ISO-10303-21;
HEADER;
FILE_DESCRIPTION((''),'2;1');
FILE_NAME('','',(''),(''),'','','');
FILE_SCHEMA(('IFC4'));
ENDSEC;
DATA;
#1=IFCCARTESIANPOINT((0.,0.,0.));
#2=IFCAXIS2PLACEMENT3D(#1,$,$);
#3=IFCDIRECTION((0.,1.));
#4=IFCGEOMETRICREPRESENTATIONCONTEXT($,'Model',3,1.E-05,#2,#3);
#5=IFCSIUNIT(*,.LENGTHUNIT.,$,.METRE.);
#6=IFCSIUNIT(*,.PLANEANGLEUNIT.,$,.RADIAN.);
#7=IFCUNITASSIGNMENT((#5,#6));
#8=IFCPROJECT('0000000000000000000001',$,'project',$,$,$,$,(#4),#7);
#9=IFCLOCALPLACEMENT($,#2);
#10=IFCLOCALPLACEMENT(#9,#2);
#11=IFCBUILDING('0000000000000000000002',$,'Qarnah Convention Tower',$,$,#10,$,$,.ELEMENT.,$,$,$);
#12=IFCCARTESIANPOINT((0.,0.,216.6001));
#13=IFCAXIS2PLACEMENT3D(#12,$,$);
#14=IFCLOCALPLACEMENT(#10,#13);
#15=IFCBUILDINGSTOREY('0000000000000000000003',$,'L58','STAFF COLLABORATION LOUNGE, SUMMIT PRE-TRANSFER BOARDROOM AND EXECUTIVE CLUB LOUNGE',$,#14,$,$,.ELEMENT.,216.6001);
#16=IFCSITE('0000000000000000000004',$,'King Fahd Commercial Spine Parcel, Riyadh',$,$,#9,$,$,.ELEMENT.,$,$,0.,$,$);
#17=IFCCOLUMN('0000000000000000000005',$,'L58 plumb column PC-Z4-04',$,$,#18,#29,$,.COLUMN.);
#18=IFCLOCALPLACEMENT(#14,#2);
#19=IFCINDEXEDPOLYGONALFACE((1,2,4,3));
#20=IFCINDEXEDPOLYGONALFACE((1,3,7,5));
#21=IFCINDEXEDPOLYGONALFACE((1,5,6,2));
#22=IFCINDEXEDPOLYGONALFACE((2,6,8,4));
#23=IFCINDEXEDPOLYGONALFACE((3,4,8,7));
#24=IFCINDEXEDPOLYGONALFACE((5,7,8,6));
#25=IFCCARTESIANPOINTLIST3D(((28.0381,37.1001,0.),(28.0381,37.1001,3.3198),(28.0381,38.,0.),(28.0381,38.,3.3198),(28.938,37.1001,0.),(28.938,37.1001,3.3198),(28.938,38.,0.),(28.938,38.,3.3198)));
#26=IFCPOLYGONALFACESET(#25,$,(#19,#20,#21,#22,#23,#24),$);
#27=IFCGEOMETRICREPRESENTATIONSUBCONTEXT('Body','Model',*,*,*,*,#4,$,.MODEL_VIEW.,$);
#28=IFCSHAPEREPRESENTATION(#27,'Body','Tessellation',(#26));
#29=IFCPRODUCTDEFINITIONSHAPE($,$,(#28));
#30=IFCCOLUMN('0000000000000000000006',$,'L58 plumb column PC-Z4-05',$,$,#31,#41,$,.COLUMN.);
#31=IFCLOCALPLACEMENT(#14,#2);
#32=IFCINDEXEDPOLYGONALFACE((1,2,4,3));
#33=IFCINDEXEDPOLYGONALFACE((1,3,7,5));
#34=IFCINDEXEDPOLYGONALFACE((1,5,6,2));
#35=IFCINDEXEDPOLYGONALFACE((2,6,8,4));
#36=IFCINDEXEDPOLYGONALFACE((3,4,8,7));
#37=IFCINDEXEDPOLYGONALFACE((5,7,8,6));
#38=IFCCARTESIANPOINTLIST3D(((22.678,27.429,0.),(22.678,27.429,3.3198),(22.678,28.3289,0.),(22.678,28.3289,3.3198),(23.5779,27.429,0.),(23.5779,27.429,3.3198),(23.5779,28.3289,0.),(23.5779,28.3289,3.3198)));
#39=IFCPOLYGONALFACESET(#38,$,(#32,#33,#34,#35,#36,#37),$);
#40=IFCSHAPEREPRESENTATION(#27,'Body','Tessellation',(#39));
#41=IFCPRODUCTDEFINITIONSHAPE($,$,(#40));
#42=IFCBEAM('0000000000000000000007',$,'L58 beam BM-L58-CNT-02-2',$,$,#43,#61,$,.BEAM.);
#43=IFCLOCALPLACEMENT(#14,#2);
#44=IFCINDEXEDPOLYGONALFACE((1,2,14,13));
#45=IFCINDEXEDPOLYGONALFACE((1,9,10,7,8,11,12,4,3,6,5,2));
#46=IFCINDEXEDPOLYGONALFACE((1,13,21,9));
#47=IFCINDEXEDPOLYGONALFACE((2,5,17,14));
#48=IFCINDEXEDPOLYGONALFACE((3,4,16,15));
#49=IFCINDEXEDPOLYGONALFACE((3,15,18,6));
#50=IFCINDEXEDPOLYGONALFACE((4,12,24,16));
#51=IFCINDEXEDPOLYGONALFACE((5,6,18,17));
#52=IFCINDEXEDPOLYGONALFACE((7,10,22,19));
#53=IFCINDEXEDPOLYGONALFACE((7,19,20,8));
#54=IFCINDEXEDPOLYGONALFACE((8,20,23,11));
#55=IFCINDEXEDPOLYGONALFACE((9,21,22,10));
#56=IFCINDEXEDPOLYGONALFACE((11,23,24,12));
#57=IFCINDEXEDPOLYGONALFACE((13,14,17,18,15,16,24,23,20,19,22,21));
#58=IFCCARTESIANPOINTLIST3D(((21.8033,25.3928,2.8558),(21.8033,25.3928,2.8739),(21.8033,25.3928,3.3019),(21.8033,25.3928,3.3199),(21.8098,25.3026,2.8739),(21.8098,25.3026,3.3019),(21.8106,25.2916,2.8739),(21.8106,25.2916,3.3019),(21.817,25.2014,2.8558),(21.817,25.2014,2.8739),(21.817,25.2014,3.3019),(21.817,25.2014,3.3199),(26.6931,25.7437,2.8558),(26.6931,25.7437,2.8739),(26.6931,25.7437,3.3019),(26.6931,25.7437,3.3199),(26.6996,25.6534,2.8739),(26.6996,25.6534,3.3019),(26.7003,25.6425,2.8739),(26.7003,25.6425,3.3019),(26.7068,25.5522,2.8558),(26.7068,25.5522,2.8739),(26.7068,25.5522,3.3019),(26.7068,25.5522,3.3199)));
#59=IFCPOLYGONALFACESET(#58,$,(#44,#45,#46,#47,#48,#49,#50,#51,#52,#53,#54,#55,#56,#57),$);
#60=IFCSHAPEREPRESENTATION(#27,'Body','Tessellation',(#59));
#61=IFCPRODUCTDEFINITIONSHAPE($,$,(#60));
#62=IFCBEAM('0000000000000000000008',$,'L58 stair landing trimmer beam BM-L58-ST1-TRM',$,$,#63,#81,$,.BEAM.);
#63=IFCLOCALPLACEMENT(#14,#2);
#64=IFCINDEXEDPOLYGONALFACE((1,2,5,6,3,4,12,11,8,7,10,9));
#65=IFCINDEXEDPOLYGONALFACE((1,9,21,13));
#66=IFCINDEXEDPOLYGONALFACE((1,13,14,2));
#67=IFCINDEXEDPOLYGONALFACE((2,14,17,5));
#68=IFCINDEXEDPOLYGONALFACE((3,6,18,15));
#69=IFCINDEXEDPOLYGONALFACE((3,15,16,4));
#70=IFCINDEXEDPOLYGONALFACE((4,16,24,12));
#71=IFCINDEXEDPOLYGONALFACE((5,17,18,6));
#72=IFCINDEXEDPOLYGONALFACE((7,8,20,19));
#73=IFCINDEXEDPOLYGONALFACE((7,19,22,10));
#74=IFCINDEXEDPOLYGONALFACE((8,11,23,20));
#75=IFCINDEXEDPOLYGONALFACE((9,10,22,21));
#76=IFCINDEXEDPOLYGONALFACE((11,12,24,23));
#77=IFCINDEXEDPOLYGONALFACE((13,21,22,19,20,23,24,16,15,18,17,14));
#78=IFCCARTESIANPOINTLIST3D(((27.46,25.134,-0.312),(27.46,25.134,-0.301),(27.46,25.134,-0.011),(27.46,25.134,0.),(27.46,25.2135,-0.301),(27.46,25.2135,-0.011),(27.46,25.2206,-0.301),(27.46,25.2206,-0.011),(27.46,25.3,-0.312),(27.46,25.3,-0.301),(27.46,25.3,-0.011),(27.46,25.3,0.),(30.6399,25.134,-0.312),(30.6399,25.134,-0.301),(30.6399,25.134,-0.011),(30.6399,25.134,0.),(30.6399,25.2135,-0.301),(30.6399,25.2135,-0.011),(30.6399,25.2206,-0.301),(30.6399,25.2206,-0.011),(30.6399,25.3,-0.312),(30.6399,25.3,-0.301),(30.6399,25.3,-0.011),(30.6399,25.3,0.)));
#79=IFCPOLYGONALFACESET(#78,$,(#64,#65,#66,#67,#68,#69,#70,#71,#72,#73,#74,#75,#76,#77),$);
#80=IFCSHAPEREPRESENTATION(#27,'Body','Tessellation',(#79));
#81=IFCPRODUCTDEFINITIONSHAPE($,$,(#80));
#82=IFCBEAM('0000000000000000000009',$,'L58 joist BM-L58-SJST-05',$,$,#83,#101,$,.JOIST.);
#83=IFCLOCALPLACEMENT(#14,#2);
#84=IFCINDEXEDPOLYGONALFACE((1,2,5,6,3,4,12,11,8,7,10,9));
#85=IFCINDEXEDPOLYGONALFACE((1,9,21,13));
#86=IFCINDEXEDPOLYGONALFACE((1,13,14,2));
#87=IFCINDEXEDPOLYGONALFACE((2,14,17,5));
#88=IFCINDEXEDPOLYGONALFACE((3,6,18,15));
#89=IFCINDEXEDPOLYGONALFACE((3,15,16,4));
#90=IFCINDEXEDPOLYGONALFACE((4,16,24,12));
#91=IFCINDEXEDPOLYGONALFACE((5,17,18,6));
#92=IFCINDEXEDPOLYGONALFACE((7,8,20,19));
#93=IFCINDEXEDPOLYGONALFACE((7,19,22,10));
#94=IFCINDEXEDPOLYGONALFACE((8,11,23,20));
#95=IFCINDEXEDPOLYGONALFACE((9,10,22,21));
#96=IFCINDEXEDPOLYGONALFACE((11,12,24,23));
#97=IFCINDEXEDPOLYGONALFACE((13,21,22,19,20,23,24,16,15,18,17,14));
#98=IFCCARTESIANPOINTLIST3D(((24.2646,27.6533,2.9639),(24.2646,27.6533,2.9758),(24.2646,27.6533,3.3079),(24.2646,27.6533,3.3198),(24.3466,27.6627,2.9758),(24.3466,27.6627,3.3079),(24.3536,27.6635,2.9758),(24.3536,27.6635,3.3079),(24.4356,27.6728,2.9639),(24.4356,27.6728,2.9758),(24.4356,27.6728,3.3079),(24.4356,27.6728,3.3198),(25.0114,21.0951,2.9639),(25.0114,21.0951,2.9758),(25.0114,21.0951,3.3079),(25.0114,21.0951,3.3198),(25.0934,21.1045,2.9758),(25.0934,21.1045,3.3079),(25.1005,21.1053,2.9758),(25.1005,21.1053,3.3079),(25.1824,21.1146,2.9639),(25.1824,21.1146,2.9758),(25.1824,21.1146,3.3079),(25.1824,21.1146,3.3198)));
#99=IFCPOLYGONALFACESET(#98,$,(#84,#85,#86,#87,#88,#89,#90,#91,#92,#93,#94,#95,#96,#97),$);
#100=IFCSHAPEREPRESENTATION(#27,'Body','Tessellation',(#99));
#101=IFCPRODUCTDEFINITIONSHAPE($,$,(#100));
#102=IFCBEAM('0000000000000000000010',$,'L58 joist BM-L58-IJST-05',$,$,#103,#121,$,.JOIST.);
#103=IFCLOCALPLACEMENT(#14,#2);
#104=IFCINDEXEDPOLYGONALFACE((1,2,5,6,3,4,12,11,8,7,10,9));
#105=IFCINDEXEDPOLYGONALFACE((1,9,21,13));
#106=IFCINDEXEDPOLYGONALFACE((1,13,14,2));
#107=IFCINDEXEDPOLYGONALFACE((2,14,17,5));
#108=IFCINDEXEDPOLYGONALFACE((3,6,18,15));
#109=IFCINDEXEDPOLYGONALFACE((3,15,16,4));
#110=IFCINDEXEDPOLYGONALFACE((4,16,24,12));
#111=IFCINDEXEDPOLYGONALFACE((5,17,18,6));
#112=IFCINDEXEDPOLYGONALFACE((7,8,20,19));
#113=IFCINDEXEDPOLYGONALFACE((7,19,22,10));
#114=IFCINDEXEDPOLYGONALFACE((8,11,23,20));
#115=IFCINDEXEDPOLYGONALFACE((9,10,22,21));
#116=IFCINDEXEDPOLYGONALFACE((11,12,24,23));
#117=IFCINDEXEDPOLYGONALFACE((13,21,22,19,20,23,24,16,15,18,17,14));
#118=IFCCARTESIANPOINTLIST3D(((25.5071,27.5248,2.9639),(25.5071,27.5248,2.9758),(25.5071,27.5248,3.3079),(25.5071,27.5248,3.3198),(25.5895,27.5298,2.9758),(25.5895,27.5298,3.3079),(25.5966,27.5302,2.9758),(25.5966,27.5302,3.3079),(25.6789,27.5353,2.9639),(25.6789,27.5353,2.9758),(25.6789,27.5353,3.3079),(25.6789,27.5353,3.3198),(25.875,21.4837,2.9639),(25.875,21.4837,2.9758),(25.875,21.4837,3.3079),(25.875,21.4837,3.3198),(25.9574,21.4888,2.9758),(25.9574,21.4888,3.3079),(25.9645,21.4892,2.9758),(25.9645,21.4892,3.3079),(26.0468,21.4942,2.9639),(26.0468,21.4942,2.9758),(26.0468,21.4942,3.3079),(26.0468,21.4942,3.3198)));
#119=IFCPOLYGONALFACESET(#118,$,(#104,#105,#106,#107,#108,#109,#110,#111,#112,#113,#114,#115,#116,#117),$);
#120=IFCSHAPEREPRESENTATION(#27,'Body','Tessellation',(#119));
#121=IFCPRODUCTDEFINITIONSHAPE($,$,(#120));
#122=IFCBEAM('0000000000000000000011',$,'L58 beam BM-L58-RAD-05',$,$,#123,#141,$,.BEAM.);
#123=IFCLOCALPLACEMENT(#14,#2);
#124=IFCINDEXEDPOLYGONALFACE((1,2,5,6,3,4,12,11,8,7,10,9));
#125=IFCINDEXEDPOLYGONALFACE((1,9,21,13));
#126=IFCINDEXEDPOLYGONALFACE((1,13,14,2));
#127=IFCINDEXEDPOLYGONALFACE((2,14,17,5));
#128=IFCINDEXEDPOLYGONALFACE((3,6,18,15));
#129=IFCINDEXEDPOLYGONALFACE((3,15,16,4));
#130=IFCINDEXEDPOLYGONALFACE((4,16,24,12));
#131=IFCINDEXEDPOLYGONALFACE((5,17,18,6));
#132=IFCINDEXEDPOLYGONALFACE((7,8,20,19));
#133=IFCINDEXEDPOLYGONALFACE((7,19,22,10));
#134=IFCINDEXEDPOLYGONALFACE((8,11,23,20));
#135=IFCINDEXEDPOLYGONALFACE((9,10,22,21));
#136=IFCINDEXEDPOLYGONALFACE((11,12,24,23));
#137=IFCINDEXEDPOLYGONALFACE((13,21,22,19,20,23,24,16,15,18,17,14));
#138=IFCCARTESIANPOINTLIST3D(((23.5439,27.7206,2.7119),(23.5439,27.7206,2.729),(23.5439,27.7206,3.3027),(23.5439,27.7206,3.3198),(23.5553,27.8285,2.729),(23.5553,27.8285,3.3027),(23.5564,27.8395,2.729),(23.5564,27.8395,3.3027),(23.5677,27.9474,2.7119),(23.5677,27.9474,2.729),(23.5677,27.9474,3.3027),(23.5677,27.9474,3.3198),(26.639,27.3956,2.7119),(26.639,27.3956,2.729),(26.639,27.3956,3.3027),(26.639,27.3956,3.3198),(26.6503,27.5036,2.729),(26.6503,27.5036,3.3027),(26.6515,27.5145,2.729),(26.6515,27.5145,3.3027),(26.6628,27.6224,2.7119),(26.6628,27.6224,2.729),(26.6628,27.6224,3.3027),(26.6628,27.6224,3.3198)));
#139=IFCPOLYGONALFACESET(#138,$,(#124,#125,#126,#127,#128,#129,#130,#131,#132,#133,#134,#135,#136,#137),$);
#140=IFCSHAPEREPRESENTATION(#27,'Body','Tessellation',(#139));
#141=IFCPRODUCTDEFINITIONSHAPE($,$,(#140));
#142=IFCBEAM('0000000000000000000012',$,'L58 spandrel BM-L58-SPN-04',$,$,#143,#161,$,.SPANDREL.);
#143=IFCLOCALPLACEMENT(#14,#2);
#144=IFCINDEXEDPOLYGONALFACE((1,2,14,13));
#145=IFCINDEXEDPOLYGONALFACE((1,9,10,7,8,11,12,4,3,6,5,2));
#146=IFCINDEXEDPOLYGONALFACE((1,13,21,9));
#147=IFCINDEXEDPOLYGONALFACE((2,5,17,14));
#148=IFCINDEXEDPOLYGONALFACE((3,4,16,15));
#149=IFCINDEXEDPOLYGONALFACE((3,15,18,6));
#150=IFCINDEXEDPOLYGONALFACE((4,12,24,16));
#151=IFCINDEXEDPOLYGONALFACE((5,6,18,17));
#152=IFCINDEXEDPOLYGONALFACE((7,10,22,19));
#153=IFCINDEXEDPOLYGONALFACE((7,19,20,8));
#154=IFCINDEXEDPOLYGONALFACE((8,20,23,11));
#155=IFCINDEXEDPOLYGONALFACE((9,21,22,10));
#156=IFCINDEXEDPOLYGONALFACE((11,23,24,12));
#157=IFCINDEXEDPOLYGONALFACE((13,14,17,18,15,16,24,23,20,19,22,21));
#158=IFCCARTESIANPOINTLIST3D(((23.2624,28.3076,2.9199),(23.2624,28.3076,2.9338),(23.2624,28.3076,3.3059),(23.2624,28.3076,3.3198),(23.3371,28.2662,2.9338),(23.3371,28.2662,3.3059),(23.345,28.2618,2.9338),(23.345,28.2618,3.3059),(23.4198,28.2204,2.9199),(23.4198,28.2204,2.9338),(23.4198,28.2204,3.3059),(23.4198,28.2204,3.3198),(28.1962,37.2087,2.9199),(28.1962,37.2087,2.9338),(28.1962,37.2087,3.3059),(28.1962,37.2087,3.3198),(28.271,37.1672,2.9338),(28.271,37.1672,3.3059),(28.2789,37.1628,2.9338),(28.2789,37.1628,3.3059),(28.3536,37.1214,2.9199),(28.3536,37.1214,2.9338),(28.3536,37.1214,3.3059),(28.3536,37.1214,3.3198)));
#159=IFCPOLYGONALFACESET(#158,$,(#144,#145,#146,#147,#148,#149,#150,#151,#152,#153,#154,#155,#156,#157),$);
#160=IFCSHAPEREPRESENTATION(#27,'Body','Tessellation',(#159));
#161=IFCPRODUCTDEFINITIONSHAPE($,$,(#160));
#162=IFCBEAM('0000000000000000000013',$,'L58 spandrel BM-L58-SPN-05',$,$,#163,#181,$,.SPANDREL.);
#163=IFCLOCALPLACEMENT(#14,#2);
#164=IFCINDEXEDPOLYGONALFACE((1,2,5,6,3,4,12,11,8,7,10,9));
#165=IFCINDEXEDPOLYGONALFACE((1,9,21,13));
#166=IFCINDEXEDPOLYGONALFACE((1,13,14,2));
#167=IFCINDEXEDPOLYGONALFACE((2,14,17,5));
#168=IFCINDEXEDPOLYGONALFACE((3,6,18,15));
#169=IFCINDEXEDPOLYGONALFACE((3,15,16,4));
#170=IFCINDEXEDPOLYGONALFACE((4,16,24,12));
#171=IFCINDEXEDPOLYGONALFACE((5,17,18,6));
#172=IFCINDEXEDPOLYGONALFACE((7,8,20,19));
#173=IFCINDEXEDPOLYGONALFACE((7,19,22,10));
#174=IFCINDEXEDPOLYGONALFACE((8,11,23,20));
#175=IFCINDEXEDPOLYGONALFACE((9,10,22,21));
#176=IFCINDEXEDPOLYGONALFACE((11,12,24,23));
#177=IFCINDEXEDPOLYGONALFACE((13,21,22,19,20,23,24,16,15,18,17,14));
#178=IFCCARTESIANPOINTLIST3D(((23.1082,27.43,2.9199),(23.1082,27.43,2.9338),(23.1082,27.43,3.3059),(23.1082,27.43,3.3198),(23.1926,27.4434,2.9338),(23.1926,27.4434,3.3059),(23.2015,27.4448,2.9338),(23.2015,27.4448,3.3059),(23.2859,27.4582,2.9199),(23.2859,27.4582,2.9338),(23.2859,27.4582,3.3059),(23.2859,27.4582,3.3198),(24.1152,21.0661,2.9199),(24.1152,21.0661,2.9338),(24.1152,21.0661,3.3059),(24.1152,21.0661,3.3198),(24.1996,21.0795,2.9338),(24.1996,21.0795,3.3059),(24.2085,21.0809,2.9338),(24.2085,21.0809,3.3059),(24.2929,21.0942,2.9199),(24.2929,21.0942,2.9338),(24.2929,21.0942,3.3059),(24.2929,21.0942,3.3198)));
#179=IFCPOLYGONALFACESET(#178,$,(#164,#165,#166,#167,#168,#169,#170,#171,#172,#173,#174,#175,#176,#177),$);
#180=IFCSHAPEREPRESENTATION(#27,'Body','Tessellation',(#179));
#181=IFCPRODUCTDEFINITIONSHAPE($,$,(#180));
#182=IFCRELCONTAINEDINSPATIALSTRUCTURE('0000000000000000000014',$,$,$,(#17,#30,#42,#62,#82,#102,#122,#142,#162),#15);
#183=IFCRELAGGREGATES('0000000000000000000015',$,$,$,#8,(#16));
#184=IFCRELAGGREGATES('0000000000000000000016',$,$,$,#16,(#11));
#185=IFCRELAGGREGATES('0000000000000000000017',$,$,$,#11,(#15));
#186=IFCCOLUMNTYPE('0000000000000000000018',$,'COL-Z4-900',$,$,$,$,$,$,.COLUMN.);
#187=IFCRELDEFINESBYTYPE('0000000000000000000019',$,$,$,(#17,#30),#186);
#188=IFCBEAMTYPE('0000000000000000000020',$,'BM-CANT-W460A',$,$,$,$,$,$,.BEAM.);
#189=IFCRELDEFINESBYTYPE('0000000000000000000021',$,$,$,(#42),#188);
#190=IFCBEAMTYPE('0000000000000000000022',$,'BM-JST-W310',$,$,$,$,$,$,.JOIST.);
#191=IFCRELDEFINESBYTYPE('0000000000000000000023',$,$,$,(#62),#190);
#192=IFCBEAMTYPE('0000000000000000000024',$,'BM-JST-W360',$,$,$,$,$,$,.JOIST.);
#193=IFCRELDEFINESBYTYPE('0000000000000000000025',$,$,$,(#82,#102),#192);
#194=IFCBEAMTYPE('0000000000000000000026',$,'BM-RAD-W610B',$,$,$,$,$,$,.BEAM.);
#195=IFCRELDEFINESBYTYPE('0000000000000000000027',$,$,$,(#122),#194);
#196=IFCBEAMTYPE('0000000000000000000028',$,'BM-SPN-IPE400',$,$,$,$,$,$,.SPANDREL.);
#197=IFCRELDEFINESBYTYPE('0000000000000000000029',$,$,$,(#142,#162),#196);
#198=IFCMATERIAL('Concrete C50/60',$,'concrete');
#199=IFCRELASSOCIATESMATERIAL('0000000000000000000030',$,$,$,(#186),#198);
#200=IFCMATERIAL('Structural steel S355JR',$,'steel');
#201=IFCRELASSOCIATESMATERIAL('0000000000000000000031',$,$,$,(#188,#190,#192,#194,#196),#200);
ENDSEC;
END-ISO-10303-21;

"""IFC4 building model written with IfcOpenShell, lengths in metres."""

from ifc_helpers import new_model, si_unit, direction, frame, origin, origin_2d, place, context, subcontext, project, spatial, rectangle, i_section, extrude, material, material_profile, profile_set, type_object, element, save


model = new_model("IFC4")

# Units and contexts
model_context = context("Model", 3, precision=1e-05, world=origin(), true_north=direction((0.0, 1.0)))
body_context = subcontext(model_context, "Body", "Model", "MODEL_VIEW")
ifc_project = project(units=[si_unit("LENGTHUNIT", "METRE"), si_unit("PLANEANGLEUNIT", "RADIAN")], contexts=[model_context])

# Site, building, storey
site_placement = place(None, origin())
site = spatial("IfcSite", under=ifc_project, at=site_placement, Name="King Fahd Commercial Spine Parcel, Riyadh", CompositionType="ELEMENT", RefElevation=0.0)
building_placement = place(site_placement, origin())
building = spatial("IfcBuilding", under=site, at=building_placement, Name="Qarnah Convention Tower", CompositionType="ELEMENT")
storey_placement = place(building_placement, frame((0.0, 0.0, 216.6001)))
storey = spatial("IfcBuildingStorey", under=building, at=storey_placement, Name="L58", Description="STAFF COLLABORATION LOUNGE, SUMMIT PRE-TRANSFER BOARDROOM AND EXECUTIVE CLUB LOUNGE", CompositionType="ELEMENT", Elevation=216.6001)

# Columns
ifc_material_1 = material(Name="Concrete C50/60", Category="concrete")
ifc_material_profile_1 = material_profile(ifc_material_1, rectangle(XDim=0.8999, YDim=0.8999, at=origin_2d()), Name="RC-COL-900X900")
ifc_profile_set_1 = profile_set([ifc_material_profile_1], Name="Concrete C50/60")
column_type = type_object("IfcColumnType", Name="COL-Z4-900", PredefinedType="COLUMN", material=ifc_profile_set_1)
for number, where, z_axis, x_axis, name in (
    (1, (28.488, 37.55, 0.0), (0.0, 0.0, 1.0), (1.0, 0.0, 0.0), "L58 plumb column PC-Z4-04"),
    (2, (23.1279, 27.8789, 0.0), (0.0, 0.0, 1.0), (1.0, 0.0, 0.0), "L58 plumb column PC-Z4-05"),
):
    element("IfcColumn", number, at=place(storey_placement, frame(where, z_axis=z_axis, x_axis=x_axis)), inside=storey, type_object=column_type, Name=name, PredefinedType="COLUMN", context=body_context, shape_type="SweptSolid", body=[
        extrude(rectangle(XDim=0.8999, YDim=0.8999, at=origin_2d()), origin(), (0.0, 0.0, 1.0), 3.3198),
    ])

# Beams
ifc_material_2 = material(Name="Structural steel S355JR", Category="steel")
ifc_material_profile_2 = material_profile(ifc_material_2, i_section(OverallWidth=0.1919, OverallDepth=0.4641, WebThickness=0.011, FlangeThickness=0.0181, at=origin_2d()), Name="W460X89")
ifc_profile_set_2 = profile_set([ifc_material_profile_2], Name="Structural steel S355JR")
beam_type_1 = type_object("IfcBeamType", Name="BM-CANT-W460A", PredefinedType="BEAM", material=ifc_profile_set_2)
beam_1_placement = place(storey_placement, frame((26.7, 25.6479, 3.0879), z_axis=(-0.997436, -0.071562, 0.0), x_axis=(0.071562, -0.997436, 0.0)))
element("IfcBeam", 3, at=beam_1_placement, inside=storey, type_object=beam_type_1, Name="L58 beam BM-L58-CNT-02-2", PredefinedType="BEAM", context=body_context, shape_type="SweptSolid", body=[
    extrude(i_section(OverallWidth=0.1919, OverallDepth=0.4641, WebThickness=0.011, FlangeThickness=0.0181, at=origin_2d()), origin(), (0.0, 0.0, 1.0), 4.9023),
])
ifc_material_profile_3 = material_profile(ifc_material_2, i_section(OverallWidth=0.166, OverallDepth=0.312, WebThickness=0.0071, FlangeThickness=0.011, at=origin_2d()), Name="W310X45")
ifc_profile_set_3 = profile_set([ifc_material_profile_3], Name="Structural steel S355JR")
beam_type_2 = type_object("IfcBeamType", Name="BM-JST-W310", PredefinedType="JOIST", material=ifc_profile_set_3)
beam_2_placement = place(storey_placement, frame((27.46, 25.217, -0.156), z_axis=(1.0, 0.0, 0.0), x_axis=(0.0, 1.0, 0.0)))
element("IfcBeam", 4, at=beam_2_placement, inside=storey, type_object=beam_type_2, Name="L58 stair landing trimmer beam BM-L58-ST1-TRM", PredefinedType="BEAM", context=body_context, shape_type="SweptSolid", body=[
    extrude(i_section(OverallWidth=0.166, OverallDepth=0.312, WebThickness=0.0071, FlangeThickness=0.011, at=origin_2d()), origin(), (0.0, 0.0, 1.0), 3.1799),
])
ifc_material_profile_4 = material_profile(ifc_material_2, i_section(OverallWidth=0.1721, OverallDepth=0.356, WebThickness=0.0071, FlangeThickness=0.012, at=origin_2d()), Name="W360X51")
ifc_profile_set_4 = profile_set([ifc_material_profile_4], Name="Structural steel S355JR")
beam_type_3 = type_object("IfcBeamType", Name="BM-JST-W360", PredefinedType="JOIST", material=ifc_profile_set_4)
beam_3_placement = place(storey_placement, frame((24.3501, 27.6631, 3.1418), z_axis=(0.113147, -0.993578, 0.0), x_axis=(0.993578, 0.113147, 0.0)))
element("IfcBeam", 5, at=beam_3_placement, inside=storey, type_object=beam_type_3, Name="L58 joist BM-L58-SJST-05", PredefinedType="JOIST", context=body_context, shape_type="SweptSolid", body=[
    extrude(i_section(OverallWidth=0.1721, OverallDepth=0.356, WebThickness=0.0071, FlangeThickness=0.012, at=origin_2d()), origin(), (0.0, 0.0, 1.0), 6.6006),
])
beam_4_placement = place(storey_placement, frame((25.593, 27.53, 3.1418), z_axis=(0.060791, -0.998151, 0.0), x_axis=(0.998151, 0.060791, 0.0)))
element("IfcBeam", 6, at=beam_4_placement, inside=storey, type_object=beam_type_3, Name="L58 joist BM-L58-IJST-05", PredefinedType="JOIST", context=body_context, shape_type="SweptSolid", body=[
    extrude(i_section(OverallWidth=0.1721, OverallDepth=0.356, WebThickness=0.0071, FlangeThickness=0.012, at=origin_2d()), origin(), (0.0, 0.0, 1.0), 6.0522),
])
ifc_material_profile_5 = material_profile(ifc_material_2, i_section(OverallWidth=0.228, OverallDepth=0.6079, WebThickness=0.011, FlangeThickness=0.0171, at=origin_2d()), Name="W610X113")
ifc_profile_set_5 = profile_set([ifc_material_profile_5], Name="Structural steel S355JR")
beam_type_4 = type_object("IfcBeamType", Name="BM-RAD-W610B", PredefinedType="BEAM", material=ifc_profile_set_5)
beam_5_placement = place(storey_placement, frame((26.6509, 27.509, 3.0159), z_axis=(-0.994533, 0.104419, 0.0), x_axis=(-0.104419, -0.994533, 0.0)))
element("IfcBeam", 7, at=beam_5_placement, inside=storey, type_object=beam_type_4, Name="L58 beam BM-L58-RAD-05", PredefinedType="BEAM", context=body_context, shape_type="SweptSolid", body=[
    extrude(i_section(OverallWidth=0.228, OverallDepth=0.6079, WebThickness=0.011, FlangeThickness=0.0171, at=origin_2d()), origin(), (0.0, 0.0, 1.0), 3.1121),
])
ifc_material_profile_6 = material_profile(ifc_material_2, i_section(OverallWidth=0.1799, OverallDepth=0.3999, WebThickness=0.009, FlangeThickness=0.0139, at=origin_2d()), Name="IPE400")
ifc_profile_set_6 = profile_set([ifc_material_profile_6], Name="Structural steel S355JR")
beam_type_5 = type_object("IfcBeamType", Name="BM-SPN-IPE400", PredefinedType="SPANDREL", material=ifc_profile_set_6)
beam_6_placement = place(storey_placement, frame((28.2749, 37.165, 3.1199), z_axis=(-0.484799, -0.874625, 0.0), x_axis=(0.874625, -0.484799, 0.0)))
element("IfcBeam", 8, at=beam_6_placement, inside=storey, type_object=beam_type_5, Name="L58 spandrel BM-L58-SPN-04", PredefinedType="SPANDREL", context=body_context, shape_type="SweptSolid", body=[
    extrude(i_section(OverallWidth=0.1799, OverallDepth=0.3999, WebThickness=0.009, FlangeThickness=0.0139, at=origin_2d()), origin(), (0.0, 0.0, 1.0), 10.177),
])
beam_7_placement = place(storey_placement, frame((23.197, 27.4441, 3.1199), z_axis=(0.156301, -0.987709, 0.0), x_axis=(0.987709, 0.156301, 0.0)))
element("IfcBeam", 9, at=beam_7_placement, inside=storey, type_object=beam_type_5, Name="L58 spandrel BM-L58-SPN-05", PredefinedType="SPANDREL", context=body_context, shape_type="SweptSolid", body=[
    extrude(i_section(OverallWidth=0.1799, OverallDepth=0.3999, WebThickness=0.009, FlangeThickness=0.0139, at=origin_2d()), origin(), (0.0, 0.0, 1.0), 6.4431),
])

save(model, "model.ifc")
